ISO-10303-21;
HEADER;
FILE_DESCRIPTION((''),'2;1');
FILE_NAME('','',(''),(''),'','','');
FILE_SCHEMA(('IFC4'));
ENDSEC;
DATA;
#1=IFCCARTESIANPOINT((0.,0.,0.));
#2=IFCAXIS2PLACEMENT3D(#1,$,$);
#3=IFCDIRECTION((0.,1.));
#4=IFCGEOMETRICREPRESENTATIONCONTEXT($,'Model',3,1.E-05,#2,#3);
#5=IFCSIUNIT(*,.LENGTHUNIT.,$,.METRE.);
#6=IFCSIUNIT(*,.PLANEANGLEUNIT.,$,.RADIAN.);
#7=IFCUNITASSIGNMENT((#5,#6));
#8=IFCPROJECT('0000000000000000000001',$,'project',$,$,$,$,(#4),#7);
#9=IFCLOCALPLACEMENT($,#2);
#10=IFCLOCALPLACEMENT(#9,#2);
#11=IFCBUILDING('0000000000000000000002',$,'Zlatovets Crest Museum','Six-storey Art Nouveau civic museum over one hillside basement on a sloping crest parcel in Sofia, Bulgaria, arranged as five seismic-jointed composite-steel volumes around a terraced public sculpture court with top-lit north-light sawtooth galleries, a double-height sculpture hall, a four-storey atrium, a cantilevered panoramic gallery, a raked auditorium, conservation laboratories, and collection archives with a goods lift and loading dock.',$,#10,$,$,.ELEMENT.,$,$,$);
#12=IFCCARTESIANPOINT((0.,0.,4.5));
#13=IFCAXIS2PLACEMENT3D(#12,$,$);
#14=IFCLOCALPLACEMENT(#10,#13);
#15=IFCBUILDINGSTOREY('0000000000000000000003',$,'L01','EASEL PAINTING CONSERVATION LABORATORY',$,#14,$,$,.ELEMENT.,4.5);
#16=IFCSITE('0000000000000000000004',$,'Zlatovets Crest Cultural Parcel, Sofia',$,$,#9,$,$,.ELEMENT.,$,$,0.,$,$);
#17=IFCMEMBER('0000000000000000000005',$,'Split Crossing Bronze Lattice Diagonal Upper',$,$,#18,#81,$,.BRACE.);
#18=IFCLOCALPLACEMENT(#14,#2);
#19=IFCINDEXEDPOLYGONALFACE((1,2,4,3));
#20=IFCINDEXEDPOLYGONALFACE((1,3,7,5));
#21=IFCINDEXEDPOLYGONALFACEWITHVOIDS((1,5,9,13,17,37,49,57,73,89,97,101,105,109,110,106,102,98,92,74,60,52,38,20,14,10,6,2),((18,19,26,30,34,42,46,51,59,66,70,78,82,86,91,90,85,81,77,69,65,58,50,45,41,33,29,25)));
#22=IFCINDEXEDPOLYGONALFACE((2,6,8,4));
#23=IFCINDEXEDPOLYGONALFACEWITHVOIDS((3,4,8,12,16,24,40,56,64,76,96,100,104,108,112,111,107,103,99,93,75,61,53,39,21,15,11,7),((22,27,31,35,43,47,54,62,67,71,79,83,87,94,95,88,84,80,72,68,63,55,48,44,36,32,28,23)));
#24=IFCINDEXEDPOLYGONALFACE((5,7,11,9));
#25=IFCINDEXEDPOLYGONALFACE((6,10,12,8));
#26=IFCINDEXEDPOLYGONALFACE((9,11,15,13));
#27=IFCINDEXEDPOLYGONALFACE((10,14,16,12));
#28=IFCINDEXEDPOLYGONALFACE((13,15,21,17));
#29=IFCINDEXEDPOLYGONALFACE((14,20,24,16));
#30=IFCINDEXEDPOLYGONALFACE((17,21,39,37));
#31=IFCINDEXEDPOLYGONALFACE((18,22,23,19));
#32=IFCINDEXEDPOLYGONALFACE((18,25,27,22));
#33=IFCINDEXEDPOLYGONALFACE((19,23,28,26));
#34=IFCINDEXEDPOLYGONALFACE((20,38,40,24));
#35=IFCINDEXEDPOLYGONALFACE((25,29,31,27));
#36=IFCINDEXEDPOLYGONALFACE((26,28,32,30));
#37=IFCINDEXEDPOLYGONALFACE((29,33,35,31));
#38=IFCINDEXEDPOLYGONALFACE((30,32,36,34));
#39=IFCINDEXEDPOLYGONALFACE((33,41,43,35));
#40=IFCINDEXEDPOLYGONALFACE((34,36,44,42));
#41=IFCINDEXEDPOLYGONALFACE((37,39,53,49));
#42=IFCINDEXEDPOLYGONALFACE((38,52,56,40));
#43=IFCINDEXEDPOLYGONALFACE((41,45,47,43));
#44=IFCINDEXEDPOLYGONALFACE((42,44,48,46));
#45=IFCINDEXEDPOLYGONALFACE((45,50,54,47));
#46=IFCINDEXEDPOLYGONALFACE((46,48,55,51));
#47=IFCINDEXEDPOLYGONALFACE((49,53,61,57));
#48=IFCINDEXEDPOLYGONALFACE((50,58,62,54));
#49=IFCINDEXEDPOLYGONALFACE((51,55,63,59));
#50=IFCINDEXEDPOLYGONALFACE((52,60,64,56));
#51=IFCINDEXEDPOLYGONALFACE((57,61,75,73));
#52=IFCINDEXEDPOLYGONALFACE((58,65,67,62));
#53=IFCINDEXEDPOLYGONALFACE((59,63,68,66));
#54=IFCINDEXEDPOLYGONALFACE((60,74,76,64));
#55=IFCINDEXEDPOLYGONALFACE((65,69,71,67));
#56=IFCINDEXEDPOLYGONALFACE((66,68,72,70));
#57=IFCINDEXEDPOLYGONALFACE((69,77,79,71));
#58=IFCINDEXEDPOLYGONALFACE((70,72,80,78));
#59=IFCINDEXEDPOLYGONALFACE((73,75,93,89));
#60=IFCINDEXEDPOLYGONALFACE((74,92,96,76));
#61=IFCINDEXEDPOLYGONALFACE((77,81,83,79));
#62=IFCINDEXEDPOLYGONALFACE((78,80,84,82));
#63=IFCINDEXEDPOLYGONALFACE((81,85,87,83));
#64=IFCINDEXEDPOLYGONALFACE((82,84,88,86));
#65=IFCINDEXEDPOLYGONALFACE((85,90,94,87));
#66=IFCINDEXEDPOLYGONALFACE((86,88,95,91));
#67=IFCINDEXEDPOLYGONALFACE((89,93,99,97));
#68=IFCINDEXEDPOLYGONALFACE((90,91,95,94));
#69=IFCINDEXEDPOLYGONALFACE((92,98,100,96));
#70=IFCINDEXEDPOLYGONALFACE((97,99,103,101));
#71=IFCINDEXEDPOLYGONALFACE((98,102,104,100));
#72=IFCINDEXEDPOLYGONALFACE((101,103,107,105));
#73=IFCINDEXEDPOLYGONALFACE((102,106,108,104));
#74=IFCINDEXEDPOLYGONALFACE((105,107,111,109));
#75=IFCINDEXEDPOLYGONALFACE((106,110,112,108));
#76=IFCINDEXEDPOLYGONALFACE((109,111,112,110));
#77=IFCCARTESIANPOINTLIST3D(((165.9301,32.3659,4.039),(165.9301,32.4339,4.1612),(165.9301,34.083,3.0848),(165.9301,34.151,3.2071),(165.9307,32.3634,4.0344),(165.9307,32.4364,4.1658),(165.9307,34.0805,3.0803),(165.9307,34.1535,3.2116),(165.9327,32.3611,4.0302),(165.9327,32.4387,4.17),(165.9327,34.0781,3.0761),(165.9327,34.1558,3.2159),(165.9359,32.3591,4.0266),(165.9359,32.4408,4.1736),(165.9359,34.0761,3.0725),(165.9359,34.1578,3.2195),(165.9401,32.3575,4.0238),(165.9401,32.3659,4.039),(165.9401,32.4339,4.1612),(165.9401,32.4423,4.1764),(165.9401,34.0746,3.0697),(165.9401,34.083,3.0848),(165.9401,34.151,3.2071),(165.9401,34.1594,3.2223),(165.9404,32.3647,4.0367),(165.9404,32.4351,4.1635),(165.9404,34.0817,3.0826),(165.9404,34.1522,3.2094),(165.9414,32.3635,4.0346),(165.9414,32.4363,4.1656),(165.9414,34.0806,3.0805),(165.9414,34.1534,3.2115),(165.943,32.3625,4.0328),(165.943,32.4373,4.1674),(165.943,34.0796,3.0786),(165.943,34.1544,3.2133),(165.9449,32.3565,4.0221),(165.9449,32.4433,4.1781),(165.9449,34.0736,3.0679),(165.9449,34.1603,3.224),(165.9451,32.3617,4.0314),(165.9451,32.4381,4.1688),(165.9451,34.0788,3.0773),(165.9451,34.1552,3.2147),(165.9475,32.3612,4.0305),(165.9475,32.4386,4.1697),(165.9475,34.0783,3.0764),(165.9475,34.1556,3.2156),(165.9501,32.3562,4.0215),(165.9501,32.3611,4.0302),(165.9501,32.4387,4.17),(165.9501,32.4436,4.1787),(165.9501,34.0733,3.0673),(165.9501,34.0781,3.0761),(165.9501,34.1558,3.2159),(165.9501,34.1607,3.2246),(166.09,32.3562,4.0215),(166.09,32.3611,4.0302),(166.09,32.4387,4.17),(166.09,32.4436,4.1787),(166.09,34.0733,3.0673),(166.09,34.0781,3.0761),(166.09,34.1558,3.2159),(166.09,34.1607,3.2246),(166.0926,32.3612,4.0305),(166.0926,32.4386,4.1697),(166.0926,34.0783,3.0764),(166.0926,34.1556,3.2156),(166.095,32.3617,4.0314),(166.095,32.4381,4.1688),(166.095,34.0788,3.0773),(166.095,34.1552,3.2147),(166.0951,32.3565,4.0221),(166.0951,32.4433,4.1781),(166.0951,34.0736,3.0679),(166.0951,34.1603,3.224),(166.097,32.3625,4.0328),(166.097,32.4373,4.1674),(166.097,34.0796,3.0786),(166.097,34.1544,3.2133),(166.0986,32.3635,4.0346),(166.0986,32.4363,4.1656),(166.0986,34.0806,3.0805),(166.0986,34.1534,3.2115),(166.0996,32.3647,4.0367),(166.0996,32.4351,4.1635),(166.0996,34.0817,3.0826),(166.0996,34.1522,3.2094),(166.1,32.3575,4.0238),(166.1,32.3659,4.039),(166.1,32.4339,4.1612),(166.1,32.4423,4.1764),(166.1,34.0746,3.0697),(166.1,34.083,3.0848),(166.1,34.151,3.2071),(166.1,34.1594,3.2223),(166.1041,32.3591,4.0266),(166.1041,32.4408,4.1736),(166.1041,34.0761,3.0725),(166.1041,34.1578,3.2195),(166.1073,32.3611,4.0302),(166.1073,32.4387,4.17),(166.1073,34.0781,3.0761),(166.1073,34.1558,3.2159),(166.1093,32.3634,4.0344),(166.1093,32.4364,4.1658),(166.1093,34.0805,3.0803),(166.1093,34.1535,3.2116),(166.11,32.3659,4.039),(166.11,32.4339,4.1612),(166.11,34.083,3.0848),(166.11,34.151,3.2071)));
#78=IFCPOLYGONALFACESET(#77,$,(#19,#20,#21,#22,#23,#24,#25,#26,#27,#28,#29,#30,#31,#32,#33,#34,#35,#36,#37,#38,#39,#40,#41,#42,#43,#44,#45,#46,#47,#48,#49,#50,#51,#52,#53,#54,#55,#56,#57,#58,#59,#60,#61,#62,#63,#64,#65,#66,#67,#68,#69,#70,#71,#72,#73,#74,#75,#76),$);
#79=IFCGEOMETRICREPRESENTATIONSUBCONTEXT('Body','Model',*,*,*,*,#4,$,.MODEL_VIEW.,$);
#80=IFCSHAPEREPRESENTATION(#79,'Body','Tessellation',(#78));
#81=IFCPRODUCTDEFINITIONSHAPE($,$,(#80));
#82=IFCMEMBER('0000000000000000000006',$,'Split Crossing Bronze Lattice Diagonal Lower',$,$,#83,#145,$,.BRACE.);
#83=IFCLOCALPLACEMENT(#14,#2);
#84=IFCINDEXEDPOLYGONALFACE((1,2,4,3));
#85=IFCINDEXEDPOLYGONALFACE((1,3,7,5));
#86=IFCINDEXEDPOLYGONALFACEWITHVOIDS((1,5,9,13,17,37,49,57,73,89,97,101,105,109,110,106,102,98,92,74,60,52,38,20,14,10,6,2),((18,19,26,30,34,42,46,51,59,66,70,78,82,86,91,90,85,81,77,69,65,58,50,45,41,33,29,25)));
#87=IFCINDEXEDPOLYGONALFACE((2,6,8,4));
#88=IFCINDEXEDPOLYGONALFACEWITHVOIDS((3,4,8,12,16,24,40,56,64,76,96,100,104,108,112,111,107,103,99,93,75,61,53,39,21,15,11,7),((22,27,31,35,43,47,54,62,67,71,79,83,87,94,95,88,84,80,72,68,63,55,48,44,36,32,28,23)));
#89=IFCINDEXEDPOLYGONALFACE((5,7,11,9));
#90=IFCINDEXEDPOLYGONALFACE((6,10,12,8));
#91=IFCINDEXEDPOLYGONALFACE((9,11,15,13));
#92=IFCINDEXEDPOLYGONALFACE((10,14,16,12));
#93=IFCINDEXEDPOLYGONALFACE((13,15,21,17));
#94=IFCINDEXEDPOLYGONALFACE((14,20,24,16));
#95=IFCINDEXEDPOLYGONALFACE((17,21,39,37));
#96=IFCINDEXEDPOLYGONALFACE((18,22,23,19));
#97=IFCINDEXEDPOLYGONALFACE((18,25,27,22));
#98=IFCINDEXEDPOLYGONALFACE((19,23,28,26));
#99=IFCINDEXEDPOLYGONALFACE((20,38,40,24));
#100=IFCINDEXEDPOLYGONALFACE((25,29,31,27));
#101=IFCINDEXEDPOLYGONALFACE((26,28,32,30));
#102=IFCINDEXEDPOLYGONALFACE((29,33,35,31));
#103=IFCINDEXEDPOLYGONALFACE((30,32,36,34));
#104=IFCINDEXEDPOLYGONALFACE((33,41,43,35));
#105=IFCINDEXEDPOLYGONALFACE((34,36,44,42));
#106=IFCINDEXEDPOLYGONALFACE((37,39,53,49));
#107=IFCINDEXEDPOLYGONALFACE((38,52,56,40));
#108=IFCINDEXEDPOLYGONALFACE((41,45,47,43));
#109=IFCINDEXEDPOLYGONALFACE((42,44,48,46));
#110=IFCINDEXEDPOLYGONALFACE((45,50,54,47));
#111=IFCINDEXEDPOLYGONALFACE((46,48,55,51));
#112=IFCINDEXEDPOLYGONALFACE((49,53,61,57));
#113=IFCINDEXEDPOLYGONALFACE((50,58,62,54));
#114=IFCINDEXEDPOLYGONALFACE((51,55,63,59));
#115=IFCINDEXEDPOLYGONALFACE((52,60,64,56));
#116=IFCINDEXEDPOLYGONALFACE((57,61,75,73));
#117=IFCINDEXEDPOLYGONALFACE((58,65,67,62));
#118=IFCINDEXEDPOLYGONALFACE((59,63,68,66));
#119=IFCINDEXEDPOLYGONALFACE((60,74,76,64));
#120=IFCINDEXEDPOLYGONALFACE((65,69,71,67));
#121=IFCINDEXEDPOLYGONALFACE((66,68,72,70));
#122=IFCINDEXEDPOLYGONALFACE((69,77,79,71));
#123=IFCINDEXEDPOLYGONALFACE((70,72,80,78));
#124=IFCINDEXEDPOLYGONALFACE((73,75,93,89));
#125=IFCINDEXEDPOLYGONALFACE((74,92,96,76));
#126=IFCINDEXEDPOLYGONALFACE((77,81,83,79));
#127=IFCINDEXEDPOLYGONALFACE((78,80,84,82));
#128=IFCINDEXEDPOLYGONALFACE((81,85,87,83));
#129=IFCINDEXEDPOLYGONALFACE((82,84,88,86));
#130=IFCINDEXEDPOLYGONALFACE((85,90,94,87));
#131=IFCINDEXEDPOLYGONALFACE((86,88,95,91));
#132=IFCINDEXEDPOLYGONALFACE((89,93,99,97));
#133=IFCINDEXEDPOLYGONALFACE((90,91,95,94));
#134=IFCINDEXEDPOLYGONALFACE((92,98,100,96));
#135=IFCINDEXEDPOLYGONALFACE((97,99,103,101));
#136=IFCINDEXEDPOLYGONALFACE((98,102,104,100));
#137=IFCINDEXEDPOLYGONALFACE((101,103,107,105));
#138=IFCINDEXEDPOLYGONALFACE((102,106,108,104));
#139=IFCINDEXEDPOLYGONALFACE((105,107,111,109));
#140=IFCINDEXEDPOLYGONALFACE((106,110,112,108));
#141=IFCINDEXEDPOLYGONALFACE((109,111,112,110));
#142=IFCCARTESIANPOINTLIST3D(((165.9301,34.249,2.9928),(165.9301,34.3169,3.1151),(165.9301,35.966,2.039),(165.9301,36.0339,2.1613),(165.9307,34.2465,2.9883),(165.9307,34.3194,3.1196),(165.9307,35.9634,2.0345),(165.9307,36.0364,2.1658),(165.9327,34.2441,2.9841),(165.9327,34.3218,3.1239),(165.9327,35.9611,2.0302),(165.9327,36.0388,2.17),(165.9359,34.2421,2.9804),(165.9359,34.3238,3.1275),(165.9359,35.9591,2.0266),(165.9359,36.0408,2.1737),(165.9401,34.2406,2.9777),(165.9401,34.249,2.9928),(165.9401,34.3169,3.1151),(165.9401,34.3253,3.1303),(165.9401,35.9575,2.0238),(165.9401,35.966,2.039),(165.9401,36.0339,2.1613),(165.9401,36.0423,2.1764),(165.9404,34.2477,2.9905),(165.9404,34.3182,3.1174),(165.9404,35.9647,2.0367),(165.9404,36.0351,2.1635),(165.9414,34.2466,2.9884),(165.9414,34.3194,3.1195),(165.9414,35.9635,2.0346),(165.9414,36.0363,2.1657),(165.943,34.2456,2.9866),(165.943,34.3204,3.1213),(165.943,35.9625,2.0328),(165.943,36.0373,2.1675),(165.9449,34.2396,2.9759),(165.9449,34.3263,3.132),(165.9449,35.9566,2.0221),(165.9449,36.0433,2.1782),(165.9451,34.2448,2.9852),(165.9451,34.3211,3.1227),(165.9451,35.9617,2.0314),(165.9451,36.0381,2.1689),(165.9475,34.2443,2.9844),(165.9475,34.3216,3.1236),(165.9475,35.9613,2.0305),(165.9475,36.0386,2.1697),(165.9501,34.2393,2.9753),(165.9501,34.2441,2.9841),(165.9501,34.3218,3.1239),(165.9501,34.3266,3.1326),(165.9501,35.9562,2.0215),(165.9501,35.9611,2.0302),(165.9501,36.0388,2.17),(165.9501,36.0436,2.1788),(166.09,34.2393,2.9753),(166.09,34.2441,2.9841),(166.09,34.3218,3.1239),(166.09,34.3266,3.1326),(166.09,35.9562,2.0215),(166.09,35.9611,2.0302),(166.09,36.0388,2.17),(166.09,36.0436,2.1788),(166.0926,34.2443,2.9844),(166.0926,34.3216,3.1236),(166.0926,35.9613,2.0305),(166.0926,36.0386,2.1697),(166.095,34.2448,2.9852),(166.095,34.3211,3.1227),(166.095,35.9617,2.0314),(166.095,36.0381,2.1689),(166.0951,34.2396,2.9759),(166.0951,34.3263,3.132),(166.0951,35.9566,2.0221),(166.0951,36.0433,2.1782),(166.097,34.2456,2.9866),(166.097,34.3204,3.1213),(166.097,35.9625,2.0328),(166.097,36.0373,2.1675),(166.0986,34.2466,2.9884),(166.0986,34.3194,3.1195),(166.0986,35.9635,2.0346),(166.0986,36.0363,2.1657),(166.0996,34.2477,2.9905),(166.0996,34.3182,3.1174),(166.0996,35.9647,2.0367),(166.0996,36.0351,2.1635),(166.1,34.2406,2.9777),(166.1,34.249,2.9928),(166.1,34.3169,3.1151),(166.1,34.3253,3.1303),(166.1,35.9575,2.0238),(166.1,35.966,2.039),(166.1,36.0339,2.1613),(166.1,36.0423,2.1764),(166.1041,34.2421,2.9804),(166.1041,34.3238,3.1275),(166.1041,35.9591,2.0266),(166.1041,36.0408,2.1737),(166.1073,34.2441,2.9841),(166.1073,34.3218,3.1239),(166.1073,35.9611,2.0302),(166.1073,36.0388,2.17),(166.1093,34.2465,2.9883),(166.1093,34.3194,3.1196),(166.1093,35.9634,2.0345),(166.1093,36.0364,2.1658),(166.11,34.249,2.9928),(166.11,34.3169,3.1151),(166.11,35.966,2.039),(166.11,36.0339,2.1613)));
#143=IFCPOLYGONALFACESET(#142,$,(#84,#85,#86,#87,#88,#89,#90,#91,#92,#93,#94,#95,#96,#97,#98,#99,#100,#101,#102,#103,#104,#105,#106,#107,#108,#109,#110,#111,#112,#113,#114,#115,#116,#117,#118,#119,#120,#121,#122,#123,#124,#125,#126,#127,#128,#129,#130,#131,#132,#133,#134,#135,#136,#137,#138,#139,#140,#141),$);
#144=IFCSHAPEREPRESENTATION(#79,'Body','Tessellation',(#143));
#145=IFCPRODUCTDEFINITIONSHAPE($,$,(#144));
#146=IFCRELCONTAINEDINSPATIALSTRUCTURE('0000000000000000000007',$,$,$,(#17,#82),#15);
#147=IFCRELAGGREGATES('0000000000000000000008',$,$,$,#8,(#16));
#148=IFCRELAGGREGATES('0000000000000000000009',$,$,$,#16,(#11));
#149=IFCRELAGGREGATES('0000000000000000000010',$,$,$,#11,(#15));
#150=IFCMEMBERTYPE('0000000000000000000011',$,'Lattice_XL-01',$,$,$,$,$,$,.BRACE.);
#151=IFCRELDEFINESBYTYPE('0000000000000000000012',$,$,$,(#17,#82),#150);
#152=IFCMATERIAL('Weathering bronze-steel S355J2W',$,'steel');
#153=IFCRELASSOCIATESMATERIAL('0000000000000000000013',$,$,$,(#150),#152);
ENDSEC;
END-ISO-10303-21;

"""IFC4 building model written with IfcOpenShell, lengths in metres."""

from ifc_helpers import new_model, si_unit, direction, frame, origin, origin_2d, place, context, subcontext, project, spatial, hollow_rectangle, extrude, material, material_profile, profile_set, type_object, element, save


model = new_model("IFC4")

# Units and contexts
model_context = context("Model", 3, precision=1e-05, world=origin(), true_north=direction((0.0, 1.0)))
body_context = subcontext(model_context, "Body", "Model", "MODEL_VIEW")
ifc_project = project(units=[si_unit("LENGTHUNIT", "METRE"), si_unit("PLANEANGLEUNIT", "RADIAN")], contexts=[model_context])

# Site, building, storey
site_placement = place(None, origin())
site = spatial("IfcSite", under=ifc_project, at=site_placement, Name="Zlatovets Crest Cultural Parcel, Sofia", CompositionType="ELEMENT", RefElevation=0.0)
building_placement = place(site_placement, origin())
building = spatial("IfcBuilding", under=site, at=building_placement, Name="Zlatovets Crest Museum", Description="Six-storey Art Nouveau civic museum over one hillside basement on a sloping crest parcel in Sofia, Bulgaria, arranged as five seismic-jointed composite-steel volumes around a terraced public sculpture court with top-lit north-light sawtooth galleries, a double-height sculpture hall, a four-storey atrium, a cantilevered panoramic gallery, a raked auditorium, conservation laboratories, and collection archives with a goods lift and loading dock.", CompositionType="ELEMENT")
storey_placement = place(building_placement, frame((0.0, 0.0, 4.5)))
storey = spatial("IfcBuildingStorey", under=building, at=storey_placement, Name="L01", Description="EASEL PAINTING CONSERVATION LABORATORY", CompositionType="ELEMENT", Elevation=4.5)

# Members
ifc_material_1 = material(Name="Weathering bronze-steel S355J2W", Category="steel")
ifc_material_profile_1 = material_profile(ifc_material_1, hollow_rectangle(XDim=0.1799, YDim=0.1799, WallThickness=0.01, InnerFilletRadius=0.01, OuterFilletRadius=0.02, at=origin_2d()), Name="SHS 180x180x10.0")
ifc_profile_set_1 = profile_set([ifc_material_profile_1], Name="Weathering bronze-steel S355J2W")
member_type_1 = type_object("IfcMemberType", Name="Lattice_XL-01", PredefinedType="BRACE", material=ifc_profile_set_1)
member_1_placement = place(storey_placement, frame((166.02, 32.3999, 4.1001), z_axis=(0.0, 0.874116, -0.485717), x_axis=(-1.0, 0.0, 0.0)))
element("IfcMember", 1, at=member_1_placement, inside=storey, type_object=member_type_1, Name="Split Crossing Bronze Lattice Diagonal Upper", PredefinedType="BRACE", context=body_context, shape_type="SweptSolid", body=[
    extrude(hollow_rectangle(XDim=0.1799, YDim=0.1799, WallThickness=0.01, InnerFilletRadius=0.01, OuterFilletRadius=0.02, at=origin_2d()), origin(), (0.0, 0.0, 1.0), 1.9644),
])
member_2_placement = place(storey_placement, frame((166.02, 34.283, 3.054), z_axis=(0.0, 0.874169, -0.485622), x_axis=(-1.0, 0.0, 0.0)))
element("IfcMember", 2, at=member_2_placement, inside=storey, type_object=member_type_1, Name="Split Crossing Bronze Lattice Diagonal Lower", PredefinedType="BRACE", context=body_context, shape_type="SweptSolid", body=[
    extrude(hollow_rectangle(XDim=0.1799, YDim=0.1799, WallThickness=0.01, InnerFilletRadius=0.01, OuterFilletRadius=0.02, at=origin_2d()), origin(), (0.0, 0.0, 1.0), 1.9641),
])

save(model, "model.ifc")
